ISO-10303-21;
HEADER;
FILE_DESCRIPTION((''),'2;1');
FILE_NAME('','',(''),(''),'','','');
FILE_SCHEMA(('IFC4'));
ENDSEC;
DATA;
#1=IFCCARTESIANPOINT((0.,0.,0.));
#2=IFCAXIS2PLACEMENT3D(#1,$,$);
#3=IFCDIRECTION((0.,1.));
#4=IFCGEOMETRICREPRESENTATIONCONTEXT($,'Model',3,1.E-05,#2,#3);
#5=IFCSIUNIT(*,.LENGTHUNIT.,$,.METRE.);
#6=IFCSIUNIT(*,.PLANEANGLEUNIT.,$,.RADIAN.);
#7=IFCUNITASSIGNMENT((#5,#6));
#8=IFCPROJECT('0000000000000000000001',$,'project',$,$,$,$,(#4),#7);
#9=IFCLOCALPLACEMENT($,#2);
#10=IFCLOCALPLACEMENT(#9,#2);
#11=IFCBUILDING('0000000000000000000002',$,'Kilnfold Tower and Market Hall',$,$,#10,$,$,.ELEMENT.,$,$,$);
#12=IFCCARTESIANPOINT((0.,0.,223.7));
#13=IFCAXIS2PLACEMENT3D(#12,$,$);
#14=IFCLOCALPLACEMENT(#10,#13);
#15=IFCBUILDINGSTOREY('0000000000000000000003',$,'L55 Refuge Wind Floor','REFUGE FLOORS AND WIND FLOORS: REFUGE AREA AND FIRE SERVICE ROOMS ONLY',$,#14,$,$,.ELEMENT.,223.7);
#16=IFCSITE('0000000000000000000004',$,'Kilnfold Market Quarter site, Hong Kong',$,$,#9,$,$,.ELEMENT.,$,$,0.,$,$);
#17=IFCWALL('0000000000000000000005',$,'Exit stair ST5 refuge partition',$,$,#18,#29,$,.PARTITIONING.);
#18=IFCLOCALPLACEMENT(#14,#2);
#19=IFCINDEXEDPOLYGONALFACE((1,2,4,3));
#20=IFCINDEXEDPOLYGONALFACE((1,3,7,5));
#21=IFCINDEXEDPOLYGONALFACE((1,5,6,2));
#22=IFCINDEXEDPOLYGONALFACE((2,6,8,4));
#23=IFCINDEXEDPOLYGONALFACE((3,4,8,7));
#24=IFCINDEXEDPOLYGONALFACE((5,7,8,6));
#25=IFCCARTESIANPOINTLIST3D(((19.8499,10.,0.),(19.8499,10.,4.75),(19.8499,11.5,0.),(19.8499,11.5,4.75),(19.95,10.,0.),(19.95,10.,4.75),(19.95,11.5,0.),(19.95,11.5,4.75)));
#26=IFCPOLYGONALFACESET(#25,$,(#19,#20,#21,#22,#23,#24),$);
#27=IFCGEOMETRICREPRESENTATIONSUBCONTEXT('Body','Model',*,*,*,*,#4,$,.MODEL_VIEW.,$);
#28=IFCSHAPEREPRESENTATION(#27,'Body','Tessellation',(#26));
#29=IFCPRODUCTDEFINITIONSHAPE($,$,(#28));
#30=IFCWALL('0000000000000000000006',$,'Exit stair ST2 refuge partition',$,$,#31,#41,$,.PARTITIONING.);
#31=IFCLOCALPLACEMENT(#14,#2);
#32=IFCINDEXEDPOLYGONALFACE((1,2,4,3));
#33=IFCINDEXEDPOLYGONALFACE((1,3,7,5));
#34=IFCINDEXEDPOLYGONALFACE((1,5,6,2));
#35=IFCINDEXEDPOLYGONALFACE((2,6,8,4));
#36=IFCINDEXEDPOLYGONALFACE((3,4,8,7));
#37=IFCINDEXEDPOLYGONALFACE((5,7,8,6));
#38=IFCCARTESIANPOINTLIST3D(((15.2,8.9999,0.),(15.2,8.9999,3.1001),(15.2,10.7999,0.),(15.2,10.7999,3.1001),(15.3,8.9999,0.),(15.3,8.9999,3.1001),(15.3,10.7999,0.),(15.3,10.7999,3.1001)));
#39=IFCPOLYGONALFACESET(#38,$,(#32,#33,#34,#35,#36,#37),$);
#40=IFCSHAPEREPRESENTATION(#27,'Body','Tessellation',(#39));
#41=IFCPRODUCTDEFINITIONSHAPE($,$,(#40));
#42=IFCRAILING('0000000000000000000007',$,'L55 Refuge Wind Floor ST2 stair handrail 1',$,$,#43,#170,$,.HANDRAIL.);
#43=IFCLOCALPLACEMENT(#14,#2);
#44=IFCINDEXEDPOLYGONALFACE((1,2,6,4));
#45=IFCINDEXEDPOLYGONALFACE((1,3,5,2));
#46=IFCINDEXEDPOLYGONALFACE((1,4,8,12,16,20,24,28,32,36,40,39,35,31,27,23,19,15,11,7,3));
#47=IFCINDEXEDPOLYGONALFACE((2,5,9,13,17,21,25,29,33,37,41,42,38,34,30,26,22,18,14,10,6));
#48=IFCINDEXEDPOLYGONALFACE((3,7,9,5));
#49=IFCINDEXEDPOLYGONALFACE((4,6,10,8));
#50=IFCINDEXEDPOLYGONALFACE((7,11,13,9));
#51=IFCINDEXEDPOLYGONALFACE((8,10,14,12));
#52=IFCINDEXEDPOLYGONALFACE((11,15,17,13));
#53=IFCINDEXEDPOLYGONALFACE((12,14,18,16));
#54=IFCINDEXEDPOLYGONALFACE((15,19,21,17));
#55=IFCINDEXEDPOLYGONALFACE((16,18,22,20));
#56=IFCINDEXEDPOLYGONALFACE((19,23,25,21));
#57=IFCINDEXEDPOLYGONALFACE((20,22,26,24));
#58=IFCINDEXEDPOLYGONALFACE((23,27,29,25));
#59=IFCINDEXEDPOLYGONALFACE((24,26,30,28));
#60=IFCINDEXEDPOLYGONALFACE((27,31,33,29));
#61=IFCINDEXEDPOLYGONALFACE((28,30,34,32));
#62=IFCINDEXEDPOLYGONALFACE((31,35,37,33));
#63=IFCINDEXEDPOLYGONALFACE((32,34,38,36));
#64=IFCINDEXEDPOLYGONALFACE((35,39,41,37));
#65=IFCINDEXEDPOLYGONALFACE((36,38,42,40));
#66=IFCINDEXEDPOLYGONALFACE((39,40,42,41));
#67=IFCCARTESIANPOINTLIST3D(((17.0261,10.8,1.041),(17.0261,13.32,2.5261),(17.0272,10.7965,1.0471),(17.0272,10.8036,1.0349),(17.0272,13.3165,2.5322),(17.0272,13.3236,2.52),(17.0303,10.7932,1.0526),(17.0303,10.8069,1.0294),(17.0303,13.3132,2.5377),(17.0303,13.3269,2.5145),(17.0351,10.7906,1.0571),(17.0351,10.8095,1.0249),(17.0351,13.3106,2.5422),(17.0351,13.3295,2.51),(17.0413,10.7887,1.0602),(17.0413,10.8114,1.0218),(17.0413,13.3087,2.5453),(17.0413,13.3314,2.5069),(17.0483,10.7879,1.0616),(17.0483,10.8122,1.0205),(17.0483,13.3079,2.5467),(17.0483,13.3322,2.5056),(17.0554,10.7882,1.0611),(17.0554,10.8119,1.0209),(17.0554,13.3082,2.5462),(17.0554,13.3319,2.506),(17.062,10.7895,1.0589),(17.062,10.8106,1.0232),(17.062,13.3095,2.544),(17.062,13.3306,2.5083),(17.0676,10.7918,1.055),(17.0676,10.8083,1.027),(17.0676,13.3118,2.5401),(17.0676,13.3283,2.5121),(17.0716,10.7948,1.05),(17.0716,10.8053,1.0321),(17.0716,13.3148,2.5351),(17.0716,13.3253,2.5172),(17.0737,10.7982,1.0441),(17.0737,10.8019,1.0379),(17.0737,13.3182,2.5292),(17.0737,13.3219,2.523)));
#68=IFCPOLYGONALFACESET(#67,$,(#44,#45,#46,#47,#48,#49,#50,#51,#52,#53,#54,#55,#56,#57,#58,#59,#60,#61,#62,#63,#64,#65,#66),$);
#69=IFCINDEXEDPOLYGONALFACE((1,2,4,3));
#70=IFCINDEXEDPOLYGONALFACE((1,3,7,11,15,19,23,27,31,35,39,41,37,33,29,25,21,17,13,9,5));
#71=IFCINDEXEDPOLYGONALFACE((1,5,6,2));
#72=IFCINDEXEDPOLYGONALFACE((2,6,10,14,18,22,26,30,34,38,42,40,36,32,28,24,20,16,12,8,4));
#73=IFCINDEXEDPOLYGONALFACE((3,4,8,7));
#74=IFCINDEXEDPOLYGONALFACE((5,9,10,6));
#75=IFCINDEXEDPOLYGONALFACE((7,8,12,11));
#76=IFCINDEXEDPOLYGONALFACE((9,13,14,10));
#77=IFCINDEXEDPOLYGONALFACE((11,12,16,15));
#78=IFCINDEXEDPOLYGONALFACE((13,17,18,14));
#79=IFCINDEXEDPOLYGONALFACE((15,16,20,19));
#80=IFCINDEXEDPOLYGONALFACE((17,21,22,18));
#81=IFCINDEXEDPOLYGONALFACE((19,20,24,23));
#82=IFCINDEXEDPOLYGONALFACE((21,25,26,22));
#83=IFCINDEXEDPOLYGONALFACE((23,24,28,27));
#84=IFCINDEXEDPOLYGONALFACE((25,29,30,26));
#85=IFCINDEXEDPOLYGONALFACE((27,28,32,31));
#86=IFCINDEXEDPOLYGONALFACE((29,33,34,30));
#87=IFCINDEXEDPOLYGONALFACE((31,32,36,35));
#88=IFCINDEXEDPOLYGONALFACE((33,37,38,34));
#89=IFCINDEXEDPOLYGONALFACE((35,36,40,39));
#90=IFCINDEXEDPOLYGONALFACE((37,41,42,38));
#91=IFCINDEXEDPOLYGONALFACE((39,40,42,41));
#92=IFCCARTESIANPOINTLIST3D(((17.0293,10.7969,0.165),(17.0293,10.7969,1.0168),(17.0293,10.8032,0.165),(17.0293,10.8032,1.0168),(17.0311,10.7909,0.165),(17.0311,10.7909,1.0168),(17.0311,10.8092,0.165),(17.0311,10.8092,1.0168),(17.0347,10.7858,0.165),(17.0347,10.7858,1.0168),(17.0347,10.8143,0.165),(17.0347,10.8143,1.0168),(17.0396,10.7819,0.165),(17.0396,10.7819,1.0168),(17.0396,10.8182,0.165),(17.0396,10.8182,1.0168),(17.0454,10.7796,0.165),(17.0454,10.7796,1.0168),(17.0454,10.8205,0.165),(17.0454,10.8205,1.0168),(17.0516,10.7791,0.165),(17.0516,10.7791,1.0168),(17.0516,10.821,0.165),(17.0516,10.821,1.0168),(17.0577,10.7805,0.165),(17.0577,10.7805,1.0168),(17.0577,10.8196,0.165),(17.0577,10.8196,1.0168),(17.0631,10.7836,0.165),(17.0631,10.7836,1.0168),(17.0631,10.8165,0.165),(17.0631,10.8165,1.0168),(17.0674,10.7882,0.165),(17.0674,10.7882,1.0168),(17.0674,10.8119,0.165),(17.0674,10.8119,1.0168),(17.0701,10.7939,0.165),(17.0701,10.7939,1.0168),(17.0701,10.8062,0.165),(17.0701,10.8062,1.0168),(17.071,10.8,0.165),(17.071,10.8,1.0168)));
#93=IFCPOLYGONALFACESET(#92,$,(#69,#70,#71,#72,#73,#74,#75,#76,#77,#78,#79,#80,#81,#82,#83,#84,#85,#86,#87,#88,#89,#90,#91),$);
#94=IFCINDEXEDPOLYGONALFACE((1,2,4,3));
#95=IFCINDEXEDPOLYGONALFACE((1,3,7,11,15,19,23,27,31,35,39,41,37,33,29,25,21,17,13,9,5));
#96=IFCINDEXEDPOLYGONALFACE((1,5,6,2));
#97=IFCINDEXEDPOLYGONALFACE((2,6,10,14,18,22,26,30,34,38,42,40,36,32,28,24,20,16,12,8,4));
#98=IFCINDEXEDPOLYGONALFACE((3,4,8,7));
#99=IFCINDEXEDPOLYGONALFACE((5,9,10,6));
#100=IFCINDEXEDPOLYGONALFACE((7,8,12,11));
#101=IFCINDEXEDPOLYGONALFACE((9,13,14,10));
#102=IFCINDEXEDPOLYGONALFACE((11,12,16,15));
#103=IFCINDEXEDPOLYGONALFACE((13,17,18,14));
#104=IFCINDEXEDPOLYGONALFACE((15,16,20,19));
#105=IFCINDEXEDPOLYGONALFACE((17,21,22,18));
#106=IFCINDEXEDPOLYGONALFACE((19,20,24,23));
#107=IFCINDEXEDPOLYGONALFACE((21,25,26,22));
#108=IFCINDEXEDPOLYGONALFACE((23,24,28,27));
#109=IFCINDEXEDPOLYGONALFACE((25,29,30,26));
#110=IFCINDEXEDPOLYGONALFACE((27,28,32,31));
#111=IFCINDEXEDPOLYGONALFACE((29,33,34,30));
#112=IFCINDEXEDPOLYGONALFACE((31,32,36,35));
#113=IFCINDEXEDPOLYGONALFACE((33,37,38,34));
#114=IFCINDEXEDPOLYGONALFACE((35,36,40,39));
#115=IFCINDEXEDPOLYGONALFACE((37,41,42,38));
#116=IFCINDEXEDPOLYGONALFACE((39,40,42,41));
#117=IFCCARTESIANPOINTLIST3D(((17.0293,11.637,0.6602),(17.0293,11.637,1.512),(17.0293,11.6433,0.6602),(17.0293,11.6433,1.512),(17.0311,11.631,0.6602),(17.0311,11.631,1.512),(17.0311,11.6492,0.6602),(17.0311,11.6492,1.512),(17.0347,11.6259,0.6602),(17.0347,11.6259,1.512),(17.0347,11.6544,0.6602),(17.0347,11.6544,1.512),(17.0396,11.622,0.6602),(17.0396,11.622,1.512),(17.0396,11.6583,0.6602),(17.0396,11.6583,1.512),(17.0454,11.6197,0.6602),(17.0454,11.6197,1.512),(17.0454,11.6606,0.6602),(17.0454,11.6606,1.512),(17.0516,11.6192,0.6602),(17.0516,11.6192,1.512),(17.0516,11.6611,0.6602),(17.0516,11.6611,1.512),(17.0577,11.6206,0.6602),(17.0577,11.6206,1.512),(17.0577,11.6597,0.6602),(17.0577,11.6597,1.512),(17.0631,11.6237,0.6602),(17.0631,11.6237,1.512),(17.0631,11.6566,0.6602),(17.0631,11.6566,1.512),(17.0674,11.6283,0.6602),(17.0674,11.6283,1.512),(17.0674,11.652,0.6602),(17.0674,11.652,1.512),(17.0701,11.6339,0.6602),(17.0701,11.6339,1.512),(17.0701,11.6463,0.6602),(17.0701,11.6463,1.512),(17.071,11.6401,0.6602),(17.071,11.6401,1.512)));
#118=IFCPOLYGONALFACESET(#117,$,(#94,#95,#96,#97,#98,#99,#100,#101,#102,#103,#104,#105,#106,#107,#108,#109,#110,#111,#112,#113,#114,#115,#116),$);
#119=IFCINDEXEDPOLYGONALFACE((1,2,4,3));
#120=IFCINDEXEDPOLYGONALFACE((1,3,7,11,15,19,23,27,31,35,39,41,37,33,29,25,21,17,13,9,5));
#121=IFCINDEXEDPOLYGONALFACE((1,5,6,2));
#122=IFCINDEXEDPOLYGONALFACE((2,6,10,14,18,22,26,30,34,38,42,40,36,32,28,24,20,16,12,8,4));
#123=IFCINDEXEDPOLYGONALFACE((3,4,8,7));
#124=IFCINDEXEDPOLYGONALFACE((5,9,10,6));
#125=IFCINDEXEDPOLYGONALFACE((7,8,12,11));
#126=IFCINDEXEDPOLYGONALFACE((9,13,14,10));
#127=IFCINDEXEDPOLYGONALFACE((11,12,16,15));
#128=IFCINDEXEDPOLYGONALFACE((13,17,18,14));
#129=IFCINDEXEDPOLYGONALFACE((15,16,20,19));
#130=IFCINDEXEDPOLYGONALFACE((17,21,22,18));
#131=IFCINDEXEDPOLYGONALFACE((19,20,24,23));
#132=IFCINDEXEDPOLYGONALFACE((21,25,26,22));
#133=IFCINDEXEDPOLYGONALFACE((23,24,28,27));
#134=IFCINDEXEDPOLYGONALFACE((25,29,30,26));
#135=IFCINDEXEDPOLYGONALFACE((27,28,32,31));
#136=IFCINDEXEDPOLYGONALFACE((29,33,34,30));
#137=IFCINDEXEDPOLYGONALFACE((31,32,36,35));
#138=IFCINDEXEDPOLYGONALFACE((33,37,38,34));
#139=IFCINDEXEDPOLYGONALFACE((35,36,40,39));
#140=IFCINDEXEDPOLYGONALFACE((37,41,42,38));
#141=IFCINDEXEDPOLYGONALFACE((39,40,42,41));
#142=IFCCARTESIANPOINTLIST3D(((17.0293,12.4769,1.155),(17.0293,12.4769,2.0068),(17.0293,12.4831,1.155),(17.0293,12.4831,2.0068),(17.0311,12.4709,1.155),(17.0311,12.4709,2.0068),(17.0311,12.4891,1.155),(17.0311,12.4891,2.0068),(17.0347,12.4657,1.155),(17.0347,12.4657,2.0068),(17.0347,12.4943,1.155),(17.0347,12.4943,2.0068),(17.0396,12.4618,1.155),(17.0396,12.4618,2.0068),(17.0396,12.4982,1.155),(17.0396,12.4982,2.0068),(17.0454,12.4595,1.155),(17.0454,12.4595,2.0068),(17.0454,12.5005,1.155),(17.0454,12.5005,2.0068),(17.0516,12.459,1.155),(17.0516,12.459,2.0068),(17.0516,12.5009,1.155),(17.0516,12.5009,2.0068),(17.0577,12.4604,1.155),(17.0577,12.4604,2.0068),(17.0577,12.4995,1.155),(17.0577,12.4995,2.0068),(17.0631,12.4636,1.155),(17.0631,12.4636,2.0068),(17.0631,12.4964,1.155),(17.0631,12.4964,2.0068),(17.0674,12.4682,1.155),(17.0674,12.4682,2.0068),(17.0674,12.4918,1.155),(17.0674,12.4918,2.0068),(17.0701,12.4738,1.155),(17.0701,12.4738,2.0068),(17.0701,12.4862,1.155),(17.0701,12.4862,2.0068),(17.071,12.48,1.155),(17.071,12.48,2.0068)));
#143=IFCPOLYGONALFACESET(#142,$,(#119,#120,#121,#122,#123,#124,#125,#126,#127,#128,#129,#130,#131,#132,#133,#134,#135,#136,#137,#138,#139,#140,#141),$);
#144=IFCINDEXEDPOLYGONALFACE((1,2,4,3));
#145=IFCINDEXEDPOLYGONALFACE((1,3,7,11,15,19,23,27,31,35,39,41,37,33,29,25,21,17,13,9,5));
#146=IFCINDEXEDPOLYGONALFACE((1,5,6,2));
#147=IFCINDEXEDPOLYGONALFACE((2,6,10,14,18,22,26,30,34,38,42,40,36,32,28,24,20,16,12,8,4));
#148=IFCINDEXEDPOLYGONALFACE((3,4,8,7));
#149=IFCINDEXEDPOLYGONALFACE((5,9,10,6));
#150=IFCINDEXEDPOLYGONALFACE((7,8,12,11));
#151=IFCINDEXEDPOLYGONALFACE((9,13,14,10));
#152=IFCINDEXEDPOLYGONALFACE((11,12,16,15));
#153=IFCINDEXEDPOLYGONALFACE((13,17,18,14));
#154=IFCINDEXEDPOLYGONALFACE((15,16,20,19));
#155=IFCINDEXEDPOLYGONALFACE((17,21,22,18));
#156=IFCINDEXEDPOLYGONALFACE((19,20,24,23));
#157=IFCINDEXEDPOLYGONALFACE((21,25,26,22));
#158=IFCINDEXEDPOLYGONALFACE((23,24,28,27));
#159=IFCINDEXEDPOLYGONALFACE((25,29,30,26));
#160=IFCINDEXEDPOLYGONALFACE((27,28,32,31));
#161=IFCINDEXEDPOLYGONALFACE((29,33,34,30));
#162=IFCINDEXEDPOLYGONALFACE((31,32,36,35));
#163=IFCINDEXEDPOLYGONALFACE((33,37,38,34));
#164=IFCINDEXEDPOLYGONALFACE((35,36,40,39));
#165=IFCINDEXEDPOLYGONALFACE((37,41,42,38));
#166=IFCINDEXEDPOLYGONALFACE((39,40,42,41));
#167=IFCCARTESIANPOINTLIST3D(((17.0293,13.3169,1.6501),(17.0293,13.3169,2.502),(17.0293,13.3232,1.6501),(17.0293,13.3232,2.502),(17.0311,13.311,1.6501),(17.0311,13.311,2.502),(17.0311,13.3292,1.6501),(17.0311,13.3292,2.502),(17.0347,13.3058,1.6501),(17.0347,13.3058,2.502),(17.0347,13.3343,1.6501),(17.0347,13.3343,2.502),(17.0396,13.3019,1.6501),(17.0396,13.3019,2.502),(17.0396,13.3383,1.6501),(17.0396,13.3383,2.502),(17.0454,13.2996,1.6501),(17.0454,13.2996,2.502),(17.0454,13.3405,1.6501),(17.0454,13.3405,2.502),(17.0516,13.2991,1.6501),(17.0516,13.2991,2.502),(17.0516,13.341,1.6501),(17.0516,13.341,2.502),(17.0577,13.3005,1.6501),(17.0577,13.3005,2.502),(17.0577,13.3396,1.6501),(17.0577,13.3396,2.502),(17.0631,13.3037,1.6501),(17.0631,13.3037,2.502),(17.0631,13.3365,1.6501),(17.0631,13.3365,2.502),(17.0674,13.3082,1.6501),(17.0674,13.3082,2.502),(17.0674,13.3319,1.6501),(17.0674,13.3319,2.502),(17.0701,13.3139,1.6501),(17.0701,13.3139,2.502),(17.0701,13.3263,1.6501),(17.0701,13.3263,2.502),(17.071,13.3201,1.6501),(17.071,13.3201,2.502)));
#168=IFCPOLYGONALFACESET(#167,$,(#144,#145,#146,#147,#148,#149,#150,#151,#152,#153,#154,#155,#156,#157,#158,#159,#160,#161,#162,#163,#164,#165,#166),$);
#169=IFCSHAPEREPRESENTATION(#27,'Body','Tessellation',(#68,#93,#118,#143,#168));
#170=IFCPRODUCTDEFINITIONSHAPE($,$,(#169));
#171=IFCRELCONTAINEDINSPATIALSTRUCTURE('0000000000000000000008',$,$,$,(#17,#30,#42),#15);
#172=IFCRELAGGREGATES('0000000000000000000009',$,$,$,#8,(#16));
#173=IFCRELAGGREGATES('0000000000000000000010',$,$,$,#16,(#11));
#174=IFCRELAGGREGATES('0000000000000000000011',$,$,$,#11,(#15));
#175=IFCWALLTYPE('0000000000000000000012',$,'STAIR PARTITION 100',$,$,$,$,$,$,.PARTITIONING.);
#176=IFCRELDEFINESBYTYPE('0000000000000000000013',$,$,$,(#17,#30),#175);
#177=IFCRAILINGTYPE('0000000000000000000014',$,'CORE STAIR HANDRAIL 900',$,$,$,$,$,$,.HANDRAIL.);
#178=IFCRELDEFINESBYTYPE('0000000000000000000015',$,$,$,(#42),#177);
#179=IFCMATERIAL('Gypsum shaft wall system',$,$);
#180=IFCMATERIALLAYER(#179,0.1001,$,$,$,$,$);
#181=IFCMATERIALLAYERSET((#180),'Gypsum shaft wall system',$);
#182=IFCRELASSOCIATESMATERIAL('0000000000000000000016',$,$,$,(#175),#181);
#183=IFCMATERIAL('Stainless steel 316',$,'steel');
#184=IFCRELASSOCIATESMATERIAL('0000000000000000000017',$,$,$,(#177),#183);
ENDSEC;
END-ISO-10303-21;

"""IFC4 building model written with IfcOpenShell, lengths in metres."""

from ifc_helpers import new_model, si_unit, direction, frame, frame_2d, origin, origin_2d, place, context, subcontext, project, spatial, rectangle, circle, extrude, source, transform, mapped, material, layer, layer_set, type_object, element, save


model = new_model("IFC4")

# Units and contexts
model_context = context("Model", 3, precision=1e-05, world=origin(), true_north=direction((0.0, 1.0)))
body_context = subcontext(model_context, "Body", "Model", "MODEL_VIEW")
ifc_project = project(units=[si_unit("LENGTHUNIT", "METRE"), si_unit("PLANEANGLEUNIT", "RADIAN")], contexts=[model_context])

# Site, building, storey
site_placement = place(None, origin())
site = spatial("IfcSite", under=ifc_project, at=site_placement, Name="Kilnfold Market Quarter site, Hong Kong", CompositionType="ELEMENT", RefElevation=0.0)
building_placement = place(site_placement, origin())
building = spatial("IfcBuilding", under=site, at=building_placement, Name="Kilnfold Tower and Market Hall", CompositionType="ELEMENT")
storey_placement = place(building_placement, frame((0.0, 0.0, 223.7)))
storey = spatial("IfcBuildingStorey", under=building, at=storey_placement, Name="L55 Refuge Wind Floor", Description="REFUGE FLOORS AND WIND FLOORS: REFUGE AREA AND FIRE SERVICE ROOMS ONLY", CompositionType="ELEMENT", Elevation=223.7)

# Walls
ifc_material_1 = material(Name="Gypsum shaft wall system")
ifc_layer_1 = layer(ifc_material_1, 0.1001)
ifc_layer_set_1 = layer_set([ifc_layer_1], Name="Gypsum shaft wall system")
wall_type_1 = type_object("IfcWallType", Name="STAIR PARTITION 100", PredefinedType="PARTITIONING", material=ifc_layer_set_1)
shared_shape_1 = source(origin(), body_context, "Body", "SweptSolid", [
    extrude(rectangle(XDim=1.5, YDim=0.1001, at=frame_2d((0.75, 0.0))), origin(), (0.0, 0.0, 1.0), 4.75),
])
wall_1_placement = place(storey_placement, frame((19.8999, 10.0, 0.0), z_axis=(0.0, 0.0, 1.0), x_axis=(0.0, 1.0, 0.0)))
element("IfcWall", 1, at=wall_1_placement, inside=storey, type_object=wall_type_1, Name="Exit stair ST5 refuge partition", PredefinedType="PARTITIONING", context=body_context, shape_type="MappedRepresentation", body=[
    mapped(shared_shape_1, transform((0.0, 0.0, 0.0))),
])
shared_shape_2 = source(origin(), body_context, "Body", "SweptSolid", [
    extrude(rectangle(XDim=1.8, YDim=0.1001, at=frame_2d((0.8999, 0.0))), origin(), (0.0, 0.0, 1.0), 3.1001),
])
wall_2_placement = place(storey_placement, frame((15.25, 9.0, 0.0), z_axis=(0.0, 0.0, 1.0), x_axis=(0.0, 1.0, 0.0)))
element("IfcWall", 2, at=wall_2_placement, inside=storey, type_object=wall_type_1, Name="Exit stair ST2 refuge partition", PredefinedType="PARTITIONING", context=body_context, shape_type="MappedRepresentation", body=[
    mapped(shared_shape_2, transform((0.0, 0.0, 0.0))),
])

# Railing
ifc_material_2 = material(Name="Stainless steel 316", Category="steel")
railing_type_1 = type_object("IfcRailingType", Name="CORE STAIR HANDRAIL 900", PredefinedType="HANDRAIL", material=ifc_material_2)
railing_1_placement = place(storey_placement, frame((17.05, 10.8, 0.165)))
element("IfcRailing", 3, at=railing_1_placement, inside=storey, type_object=railing_type_1, Name="L55 Refuge Wind Floor ST2 stair handrail 1", PredefinedType="HANDRAIL", context=body_context, shape_type="SweptSolid", body=[
    extrude(circle(Radius=0.0239, at=origin_2d()), frame((0.0, 0.0, 0.876), z_axis=(0.0, 0.861524, 0.507717), x_axis=(-1.0, 0.0, 0.0)), (0.0, 0.0, 1.0), 2.925),
    extrude(circle(Radius=0.021, at=origin_2d()), origin(), (0.0, 0.0, 1.0), 0.8518),
    extrude(circle(Radius=0.021, at=origin_2d()), frame((0.0, 0.8401, 0.4951)), (0.0, 0.0, 1.0), 0.8518),
    extrude(circle(Radius=0.021, at=origin_2d()), frame((0.0, 1.6799, 0.99)), (0.0, 0.0, 1.0), 0.8518),
    extrude(circle(Radius=0.021, at=origin_2d()), frame((0.0, 2.52, 1.4851)), (0.0, 0.0, 1.0), 0.8518),
])

save(model, "model.ifc")
